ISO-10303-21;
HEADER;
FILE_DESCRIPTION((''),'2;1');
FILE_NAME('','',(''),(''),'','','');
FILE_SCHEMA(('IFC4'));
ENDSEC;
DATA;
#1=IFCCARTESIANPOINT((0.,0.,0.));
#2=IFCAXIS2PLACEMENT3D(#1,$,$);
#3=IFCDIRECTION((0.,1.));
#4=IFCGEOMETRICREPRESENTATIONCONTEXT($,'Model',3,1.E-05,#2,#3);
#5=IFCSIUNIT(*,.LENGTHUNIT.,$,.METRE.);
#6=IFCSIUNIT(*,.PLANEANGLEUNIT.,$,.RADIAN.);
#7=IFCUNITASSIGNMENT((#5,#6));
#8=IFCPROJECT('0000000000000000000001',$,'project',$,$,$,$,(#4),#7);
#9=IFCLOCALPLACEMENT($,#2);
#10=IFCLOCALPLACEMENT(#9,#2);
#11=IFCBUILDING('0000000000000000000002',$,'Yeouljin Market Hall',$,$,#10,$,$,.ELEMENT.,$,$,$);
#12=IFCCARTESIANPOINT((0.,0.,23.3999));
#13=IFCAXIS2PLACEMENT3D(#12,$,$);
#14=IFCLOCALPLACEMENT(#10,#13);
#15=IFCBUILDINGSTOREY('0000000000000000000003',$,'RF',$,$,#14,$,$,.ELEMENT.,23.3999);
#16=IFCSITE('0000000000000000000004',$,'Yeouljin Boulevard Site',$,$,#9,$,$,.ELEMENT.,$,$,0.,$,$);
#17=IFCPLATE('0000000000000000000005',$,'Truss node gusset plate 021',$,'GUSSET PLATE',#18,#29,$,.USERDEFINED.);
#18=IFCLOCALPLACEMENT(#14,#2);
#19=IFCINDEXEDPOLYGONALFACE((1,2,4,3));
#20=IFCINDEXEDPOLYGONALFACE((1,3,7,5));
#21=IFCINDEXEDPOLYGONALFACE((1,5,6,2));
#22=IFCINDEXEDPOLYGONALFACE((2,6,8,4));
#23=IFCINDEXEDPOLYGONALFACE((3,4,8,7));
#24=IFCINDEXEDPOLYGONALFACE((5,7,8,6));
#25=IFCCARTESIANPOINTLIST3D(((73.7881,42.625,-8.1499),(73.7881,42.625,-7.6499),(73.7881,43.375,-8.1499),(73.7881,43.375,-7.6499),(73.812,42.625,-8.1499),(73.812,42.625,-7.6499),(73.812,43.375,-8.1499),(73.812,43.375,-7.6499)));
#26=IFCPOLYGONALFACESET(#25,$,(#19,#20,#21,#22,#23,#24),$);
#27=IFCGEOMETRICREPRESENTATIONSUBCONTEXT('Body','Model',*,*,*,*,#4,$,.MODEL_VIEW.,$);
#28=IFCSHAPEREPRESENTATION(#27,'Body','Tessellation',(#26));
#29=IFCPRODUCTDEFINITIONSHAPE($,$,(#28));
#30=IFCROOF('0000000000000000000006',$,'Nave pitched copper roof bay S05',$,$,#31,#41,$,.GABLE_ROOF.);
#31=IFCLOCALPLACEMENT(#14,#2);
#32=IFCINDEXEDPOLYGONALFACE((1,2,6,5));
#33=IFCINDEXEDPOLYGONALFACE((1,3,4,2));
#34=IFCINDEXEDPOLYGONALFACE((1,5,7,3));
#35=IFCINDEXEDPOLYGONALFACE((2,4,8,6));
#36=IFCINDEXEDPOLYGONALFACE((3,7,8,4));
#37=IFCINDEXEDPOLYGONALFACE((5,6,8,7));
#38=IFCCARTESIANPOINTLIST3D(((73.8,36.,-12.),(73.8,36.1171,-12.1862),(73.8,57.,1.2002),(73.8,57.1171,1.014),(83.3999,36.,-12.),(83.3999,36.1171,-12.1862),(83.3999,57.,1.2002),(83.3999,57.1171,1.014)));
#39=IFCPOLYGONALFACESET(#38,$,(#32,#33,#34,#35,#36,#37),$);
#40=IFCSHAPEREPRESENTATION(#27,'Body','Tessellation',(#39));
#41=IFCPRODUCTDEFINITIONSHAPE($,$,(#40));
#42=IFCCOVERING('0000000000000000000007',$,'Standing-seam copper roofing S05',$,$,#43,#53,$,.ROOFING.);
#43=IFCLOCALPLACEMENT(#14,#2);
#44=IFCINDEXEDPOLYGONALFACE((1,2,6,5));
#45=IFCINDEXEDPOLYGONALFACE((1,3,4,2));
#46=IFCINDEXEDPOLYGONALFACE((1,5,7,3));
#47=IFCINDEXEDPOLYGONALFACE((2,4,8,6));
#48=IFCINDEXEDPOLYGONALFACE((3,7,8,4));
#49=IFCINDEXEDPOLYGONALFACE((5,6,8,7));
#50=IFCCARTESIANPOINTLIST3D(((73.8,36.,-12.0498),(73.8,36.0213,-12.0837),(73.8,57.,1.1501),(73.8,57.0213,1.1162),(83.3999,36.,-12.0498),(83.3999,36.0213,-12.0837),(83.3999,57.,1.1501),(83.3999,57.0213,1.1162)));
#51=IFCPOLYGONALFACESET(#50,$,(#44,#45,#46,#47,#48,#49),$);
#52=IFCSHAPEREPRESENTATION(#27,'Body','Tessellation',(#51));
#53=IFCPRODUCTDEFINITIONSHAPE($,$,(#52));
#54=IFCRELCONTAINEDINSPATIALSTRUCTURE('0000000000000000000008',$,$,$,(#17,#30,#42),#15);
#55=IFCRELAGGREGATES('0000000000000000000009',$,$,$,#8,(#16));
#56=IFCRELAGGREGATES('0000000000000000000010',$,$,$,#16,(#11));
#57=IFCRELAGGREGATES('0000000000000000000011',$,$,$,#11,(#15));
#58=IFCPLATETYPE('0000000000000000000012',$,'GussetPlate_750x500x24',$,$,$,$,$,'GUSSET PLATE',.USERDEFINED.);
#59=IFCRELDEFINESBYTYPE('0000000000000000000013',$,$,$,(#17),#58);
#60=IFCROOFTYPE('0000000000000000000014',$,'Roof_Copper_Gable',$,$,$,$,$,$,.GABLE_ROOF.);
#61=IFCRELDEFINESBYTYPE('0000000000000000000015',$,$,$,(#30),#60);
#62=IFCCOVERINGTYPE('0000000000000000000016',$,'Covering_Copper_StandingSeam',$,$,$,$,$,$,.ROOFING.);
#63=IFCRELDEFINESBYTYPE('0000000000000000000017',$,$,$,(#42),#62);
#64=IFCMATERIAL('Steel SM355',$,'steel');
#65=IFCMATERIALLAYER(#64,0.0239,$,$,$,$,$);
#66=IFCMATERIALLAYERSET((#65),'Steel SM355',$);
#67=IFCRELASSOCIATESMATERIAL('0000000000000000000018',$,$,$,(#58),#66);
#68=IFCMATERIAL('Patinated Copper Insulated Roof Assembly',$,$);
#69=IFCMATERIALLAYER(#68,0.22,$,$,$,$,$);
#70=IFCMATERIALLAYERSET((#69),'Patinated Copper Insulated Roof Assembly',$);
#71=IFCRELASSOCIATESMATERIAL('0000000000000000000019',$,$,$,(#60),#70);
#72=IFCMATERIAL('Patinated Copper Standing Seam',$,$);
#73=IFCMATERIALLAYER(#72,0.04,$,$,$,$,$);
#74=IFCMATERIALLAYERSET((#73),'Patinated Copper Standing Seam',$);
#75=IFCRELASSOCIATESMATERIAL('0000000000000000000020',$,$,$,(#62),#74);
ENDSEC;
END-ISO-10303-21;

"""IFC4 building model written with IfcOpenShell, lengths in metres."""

from ifc_helpers import new_model, si_unit, direction, frame, origin, origin_2d, place, context, subcontext, project, spatial, polyline, rectangle, outline, extrude, material, layer, layer_set, type_object, element, save


model = new_model("IFC4")

# Units and contexts
model_context = context("Model", 3, precision=1e-05, world=origin(), true_north=direction((0.0, 1.0)))
body_context = subcontext(model_context, "Body", "Model", "MODEL_VIEW")
ifc_project = project(units=[si_unit("LENGTHUNIT", "METRE"), si_unit("PLANEANGLEUNIT", "RADIAN")], contexts=[model_context])

# Site, building, storey
site_placement = place(None, origin())
site = spatial("IfcSite", under=ifc_project, at=site_placement, Name="Yeouljin Boulevard Site", CompositionType="ELEMENT", RefElevation=0.0)
building_placement = place(site_placement, origin())
building = spatial("IfcBuilding", under=site, at=building_placement, Name="Yeouljin Market Hall", CompositionType="ELEMENT")
storey_placement = place(building_placement, frame((0.0, 0.0, 23.3999)))
storey = spatial("IfcBuildingStorey", under=building, at=storey_placement, Name="RF", CompositionType="ELEMENT", Elevation=23.3999)

# Plate
ifc_material_1 = material(Name="Steel SM355", Category="steel")
ifc_layer_1 = layer(ifc_material_1, 0.0239)
ifc_layer_set_1 = layer_set([ifc_layer_1], Name="Steel SM355")
plate_type_1 = type_object("IfcPlateType", Name="GussetPlate_750x500x24", ElementType="GUSSET PLATE", PredefinedType="USERDEFINED", material=ifc_layer_set_1)
plate_1_placement = place(storey_placement, frame((73.8, 43.0, -8.1499), z_axis=(0.0, 0.0, 1.0), x_axis=(0.0, 1.0, 0.0)))
element("IfcPlate", 1, at=plate_1_placement, inside=storey, type_object=plate_type_1, Name="Truss node gusset plate 021", ObjectType="GUSSET PLATE", PredefinedType="USERDEFINED", context=body_context, shape_type="SweptSolid", body=[
    extrude(rectangle(XDim=0.75, YDim=0.0239, at=origin_2d()), origin(), (0.0, 0.0, 1.0), 0.5),
])

# Roof
ifc_material_2 = material(Name="Patinated Copper Insulated Roof Assembly")
ifc_layer_2 = layer(ifc_material_2, 0.22)
ifc_layer_set_2 = layer_set([ifc_layer_2], Name="Patinated Copper Insulated Roof Assembly")
roof_type = type_object("IfcRoofType", Name="Roof_Copper_Gable", PredefinedType="GABLE_ROOF", material=ifc_layer_set_2)
roof_placement = place(storey_placement, frame((73.8, 36.0, -12.0), z_axis=(0.0, -0.532177, 0.846633), x_axis=(1.0, 0.0, 0.0)))
element("IfcRoof", 2, at=roof_placement, inside=storey, type_object=roof_type, Name="Nave pitched copper roof bay S05", PredefinedType="GABLE_ROOF", context=body_context, shape_type="SweptSolid", body=[
    extrude(outline(polyline([(0.0, 0.0), (9.5999, 0.0), (9.5999, 24.8041), (0.0, 24.8041), (0.0, 0.0)])), origin(), (0.0, 0.0, -1.0), 0.22),
])

# Covering
ifc_material_3 = material(Name="Patinated Copper Standing Seam")
ifc_layer_3 = layer(ifc_material_3, 0.04)
ifc_layer_set_3 = layer_set([ifc_layer_3], Name="Patinated Copper Standing Seam")
covering_type = type_object("IfcCoveringType", Name="Covering_Copper_StandingSeam", PredefinedType="ROOFING", material=ifc_layer_set_3)
covering_placement = place(storey_placement, frame((73.8, 36.0, -12.0498), z_axis=(0.0, -0.53217, 0.846637), x_axis=(1.0, 0.0, 0.0)))
element("IfcCovering", 3, at=covering_placement, inside=storey, type_object=covering_type, Name="Standing-seam copper roofing S05", PredefinedType="ROOFING", context=body_context, shape_type="SweptSolid", body=[
    extrude(outline(polyline([(0.0, 0.0), (9.5999, 0.0), (9.5999, 24.804), (0.0, 24.804), (0.0, 0.0)])), origin(), (0.0, 0.0, -1.0), 0.04),
])

save(model, "model.ifc")
